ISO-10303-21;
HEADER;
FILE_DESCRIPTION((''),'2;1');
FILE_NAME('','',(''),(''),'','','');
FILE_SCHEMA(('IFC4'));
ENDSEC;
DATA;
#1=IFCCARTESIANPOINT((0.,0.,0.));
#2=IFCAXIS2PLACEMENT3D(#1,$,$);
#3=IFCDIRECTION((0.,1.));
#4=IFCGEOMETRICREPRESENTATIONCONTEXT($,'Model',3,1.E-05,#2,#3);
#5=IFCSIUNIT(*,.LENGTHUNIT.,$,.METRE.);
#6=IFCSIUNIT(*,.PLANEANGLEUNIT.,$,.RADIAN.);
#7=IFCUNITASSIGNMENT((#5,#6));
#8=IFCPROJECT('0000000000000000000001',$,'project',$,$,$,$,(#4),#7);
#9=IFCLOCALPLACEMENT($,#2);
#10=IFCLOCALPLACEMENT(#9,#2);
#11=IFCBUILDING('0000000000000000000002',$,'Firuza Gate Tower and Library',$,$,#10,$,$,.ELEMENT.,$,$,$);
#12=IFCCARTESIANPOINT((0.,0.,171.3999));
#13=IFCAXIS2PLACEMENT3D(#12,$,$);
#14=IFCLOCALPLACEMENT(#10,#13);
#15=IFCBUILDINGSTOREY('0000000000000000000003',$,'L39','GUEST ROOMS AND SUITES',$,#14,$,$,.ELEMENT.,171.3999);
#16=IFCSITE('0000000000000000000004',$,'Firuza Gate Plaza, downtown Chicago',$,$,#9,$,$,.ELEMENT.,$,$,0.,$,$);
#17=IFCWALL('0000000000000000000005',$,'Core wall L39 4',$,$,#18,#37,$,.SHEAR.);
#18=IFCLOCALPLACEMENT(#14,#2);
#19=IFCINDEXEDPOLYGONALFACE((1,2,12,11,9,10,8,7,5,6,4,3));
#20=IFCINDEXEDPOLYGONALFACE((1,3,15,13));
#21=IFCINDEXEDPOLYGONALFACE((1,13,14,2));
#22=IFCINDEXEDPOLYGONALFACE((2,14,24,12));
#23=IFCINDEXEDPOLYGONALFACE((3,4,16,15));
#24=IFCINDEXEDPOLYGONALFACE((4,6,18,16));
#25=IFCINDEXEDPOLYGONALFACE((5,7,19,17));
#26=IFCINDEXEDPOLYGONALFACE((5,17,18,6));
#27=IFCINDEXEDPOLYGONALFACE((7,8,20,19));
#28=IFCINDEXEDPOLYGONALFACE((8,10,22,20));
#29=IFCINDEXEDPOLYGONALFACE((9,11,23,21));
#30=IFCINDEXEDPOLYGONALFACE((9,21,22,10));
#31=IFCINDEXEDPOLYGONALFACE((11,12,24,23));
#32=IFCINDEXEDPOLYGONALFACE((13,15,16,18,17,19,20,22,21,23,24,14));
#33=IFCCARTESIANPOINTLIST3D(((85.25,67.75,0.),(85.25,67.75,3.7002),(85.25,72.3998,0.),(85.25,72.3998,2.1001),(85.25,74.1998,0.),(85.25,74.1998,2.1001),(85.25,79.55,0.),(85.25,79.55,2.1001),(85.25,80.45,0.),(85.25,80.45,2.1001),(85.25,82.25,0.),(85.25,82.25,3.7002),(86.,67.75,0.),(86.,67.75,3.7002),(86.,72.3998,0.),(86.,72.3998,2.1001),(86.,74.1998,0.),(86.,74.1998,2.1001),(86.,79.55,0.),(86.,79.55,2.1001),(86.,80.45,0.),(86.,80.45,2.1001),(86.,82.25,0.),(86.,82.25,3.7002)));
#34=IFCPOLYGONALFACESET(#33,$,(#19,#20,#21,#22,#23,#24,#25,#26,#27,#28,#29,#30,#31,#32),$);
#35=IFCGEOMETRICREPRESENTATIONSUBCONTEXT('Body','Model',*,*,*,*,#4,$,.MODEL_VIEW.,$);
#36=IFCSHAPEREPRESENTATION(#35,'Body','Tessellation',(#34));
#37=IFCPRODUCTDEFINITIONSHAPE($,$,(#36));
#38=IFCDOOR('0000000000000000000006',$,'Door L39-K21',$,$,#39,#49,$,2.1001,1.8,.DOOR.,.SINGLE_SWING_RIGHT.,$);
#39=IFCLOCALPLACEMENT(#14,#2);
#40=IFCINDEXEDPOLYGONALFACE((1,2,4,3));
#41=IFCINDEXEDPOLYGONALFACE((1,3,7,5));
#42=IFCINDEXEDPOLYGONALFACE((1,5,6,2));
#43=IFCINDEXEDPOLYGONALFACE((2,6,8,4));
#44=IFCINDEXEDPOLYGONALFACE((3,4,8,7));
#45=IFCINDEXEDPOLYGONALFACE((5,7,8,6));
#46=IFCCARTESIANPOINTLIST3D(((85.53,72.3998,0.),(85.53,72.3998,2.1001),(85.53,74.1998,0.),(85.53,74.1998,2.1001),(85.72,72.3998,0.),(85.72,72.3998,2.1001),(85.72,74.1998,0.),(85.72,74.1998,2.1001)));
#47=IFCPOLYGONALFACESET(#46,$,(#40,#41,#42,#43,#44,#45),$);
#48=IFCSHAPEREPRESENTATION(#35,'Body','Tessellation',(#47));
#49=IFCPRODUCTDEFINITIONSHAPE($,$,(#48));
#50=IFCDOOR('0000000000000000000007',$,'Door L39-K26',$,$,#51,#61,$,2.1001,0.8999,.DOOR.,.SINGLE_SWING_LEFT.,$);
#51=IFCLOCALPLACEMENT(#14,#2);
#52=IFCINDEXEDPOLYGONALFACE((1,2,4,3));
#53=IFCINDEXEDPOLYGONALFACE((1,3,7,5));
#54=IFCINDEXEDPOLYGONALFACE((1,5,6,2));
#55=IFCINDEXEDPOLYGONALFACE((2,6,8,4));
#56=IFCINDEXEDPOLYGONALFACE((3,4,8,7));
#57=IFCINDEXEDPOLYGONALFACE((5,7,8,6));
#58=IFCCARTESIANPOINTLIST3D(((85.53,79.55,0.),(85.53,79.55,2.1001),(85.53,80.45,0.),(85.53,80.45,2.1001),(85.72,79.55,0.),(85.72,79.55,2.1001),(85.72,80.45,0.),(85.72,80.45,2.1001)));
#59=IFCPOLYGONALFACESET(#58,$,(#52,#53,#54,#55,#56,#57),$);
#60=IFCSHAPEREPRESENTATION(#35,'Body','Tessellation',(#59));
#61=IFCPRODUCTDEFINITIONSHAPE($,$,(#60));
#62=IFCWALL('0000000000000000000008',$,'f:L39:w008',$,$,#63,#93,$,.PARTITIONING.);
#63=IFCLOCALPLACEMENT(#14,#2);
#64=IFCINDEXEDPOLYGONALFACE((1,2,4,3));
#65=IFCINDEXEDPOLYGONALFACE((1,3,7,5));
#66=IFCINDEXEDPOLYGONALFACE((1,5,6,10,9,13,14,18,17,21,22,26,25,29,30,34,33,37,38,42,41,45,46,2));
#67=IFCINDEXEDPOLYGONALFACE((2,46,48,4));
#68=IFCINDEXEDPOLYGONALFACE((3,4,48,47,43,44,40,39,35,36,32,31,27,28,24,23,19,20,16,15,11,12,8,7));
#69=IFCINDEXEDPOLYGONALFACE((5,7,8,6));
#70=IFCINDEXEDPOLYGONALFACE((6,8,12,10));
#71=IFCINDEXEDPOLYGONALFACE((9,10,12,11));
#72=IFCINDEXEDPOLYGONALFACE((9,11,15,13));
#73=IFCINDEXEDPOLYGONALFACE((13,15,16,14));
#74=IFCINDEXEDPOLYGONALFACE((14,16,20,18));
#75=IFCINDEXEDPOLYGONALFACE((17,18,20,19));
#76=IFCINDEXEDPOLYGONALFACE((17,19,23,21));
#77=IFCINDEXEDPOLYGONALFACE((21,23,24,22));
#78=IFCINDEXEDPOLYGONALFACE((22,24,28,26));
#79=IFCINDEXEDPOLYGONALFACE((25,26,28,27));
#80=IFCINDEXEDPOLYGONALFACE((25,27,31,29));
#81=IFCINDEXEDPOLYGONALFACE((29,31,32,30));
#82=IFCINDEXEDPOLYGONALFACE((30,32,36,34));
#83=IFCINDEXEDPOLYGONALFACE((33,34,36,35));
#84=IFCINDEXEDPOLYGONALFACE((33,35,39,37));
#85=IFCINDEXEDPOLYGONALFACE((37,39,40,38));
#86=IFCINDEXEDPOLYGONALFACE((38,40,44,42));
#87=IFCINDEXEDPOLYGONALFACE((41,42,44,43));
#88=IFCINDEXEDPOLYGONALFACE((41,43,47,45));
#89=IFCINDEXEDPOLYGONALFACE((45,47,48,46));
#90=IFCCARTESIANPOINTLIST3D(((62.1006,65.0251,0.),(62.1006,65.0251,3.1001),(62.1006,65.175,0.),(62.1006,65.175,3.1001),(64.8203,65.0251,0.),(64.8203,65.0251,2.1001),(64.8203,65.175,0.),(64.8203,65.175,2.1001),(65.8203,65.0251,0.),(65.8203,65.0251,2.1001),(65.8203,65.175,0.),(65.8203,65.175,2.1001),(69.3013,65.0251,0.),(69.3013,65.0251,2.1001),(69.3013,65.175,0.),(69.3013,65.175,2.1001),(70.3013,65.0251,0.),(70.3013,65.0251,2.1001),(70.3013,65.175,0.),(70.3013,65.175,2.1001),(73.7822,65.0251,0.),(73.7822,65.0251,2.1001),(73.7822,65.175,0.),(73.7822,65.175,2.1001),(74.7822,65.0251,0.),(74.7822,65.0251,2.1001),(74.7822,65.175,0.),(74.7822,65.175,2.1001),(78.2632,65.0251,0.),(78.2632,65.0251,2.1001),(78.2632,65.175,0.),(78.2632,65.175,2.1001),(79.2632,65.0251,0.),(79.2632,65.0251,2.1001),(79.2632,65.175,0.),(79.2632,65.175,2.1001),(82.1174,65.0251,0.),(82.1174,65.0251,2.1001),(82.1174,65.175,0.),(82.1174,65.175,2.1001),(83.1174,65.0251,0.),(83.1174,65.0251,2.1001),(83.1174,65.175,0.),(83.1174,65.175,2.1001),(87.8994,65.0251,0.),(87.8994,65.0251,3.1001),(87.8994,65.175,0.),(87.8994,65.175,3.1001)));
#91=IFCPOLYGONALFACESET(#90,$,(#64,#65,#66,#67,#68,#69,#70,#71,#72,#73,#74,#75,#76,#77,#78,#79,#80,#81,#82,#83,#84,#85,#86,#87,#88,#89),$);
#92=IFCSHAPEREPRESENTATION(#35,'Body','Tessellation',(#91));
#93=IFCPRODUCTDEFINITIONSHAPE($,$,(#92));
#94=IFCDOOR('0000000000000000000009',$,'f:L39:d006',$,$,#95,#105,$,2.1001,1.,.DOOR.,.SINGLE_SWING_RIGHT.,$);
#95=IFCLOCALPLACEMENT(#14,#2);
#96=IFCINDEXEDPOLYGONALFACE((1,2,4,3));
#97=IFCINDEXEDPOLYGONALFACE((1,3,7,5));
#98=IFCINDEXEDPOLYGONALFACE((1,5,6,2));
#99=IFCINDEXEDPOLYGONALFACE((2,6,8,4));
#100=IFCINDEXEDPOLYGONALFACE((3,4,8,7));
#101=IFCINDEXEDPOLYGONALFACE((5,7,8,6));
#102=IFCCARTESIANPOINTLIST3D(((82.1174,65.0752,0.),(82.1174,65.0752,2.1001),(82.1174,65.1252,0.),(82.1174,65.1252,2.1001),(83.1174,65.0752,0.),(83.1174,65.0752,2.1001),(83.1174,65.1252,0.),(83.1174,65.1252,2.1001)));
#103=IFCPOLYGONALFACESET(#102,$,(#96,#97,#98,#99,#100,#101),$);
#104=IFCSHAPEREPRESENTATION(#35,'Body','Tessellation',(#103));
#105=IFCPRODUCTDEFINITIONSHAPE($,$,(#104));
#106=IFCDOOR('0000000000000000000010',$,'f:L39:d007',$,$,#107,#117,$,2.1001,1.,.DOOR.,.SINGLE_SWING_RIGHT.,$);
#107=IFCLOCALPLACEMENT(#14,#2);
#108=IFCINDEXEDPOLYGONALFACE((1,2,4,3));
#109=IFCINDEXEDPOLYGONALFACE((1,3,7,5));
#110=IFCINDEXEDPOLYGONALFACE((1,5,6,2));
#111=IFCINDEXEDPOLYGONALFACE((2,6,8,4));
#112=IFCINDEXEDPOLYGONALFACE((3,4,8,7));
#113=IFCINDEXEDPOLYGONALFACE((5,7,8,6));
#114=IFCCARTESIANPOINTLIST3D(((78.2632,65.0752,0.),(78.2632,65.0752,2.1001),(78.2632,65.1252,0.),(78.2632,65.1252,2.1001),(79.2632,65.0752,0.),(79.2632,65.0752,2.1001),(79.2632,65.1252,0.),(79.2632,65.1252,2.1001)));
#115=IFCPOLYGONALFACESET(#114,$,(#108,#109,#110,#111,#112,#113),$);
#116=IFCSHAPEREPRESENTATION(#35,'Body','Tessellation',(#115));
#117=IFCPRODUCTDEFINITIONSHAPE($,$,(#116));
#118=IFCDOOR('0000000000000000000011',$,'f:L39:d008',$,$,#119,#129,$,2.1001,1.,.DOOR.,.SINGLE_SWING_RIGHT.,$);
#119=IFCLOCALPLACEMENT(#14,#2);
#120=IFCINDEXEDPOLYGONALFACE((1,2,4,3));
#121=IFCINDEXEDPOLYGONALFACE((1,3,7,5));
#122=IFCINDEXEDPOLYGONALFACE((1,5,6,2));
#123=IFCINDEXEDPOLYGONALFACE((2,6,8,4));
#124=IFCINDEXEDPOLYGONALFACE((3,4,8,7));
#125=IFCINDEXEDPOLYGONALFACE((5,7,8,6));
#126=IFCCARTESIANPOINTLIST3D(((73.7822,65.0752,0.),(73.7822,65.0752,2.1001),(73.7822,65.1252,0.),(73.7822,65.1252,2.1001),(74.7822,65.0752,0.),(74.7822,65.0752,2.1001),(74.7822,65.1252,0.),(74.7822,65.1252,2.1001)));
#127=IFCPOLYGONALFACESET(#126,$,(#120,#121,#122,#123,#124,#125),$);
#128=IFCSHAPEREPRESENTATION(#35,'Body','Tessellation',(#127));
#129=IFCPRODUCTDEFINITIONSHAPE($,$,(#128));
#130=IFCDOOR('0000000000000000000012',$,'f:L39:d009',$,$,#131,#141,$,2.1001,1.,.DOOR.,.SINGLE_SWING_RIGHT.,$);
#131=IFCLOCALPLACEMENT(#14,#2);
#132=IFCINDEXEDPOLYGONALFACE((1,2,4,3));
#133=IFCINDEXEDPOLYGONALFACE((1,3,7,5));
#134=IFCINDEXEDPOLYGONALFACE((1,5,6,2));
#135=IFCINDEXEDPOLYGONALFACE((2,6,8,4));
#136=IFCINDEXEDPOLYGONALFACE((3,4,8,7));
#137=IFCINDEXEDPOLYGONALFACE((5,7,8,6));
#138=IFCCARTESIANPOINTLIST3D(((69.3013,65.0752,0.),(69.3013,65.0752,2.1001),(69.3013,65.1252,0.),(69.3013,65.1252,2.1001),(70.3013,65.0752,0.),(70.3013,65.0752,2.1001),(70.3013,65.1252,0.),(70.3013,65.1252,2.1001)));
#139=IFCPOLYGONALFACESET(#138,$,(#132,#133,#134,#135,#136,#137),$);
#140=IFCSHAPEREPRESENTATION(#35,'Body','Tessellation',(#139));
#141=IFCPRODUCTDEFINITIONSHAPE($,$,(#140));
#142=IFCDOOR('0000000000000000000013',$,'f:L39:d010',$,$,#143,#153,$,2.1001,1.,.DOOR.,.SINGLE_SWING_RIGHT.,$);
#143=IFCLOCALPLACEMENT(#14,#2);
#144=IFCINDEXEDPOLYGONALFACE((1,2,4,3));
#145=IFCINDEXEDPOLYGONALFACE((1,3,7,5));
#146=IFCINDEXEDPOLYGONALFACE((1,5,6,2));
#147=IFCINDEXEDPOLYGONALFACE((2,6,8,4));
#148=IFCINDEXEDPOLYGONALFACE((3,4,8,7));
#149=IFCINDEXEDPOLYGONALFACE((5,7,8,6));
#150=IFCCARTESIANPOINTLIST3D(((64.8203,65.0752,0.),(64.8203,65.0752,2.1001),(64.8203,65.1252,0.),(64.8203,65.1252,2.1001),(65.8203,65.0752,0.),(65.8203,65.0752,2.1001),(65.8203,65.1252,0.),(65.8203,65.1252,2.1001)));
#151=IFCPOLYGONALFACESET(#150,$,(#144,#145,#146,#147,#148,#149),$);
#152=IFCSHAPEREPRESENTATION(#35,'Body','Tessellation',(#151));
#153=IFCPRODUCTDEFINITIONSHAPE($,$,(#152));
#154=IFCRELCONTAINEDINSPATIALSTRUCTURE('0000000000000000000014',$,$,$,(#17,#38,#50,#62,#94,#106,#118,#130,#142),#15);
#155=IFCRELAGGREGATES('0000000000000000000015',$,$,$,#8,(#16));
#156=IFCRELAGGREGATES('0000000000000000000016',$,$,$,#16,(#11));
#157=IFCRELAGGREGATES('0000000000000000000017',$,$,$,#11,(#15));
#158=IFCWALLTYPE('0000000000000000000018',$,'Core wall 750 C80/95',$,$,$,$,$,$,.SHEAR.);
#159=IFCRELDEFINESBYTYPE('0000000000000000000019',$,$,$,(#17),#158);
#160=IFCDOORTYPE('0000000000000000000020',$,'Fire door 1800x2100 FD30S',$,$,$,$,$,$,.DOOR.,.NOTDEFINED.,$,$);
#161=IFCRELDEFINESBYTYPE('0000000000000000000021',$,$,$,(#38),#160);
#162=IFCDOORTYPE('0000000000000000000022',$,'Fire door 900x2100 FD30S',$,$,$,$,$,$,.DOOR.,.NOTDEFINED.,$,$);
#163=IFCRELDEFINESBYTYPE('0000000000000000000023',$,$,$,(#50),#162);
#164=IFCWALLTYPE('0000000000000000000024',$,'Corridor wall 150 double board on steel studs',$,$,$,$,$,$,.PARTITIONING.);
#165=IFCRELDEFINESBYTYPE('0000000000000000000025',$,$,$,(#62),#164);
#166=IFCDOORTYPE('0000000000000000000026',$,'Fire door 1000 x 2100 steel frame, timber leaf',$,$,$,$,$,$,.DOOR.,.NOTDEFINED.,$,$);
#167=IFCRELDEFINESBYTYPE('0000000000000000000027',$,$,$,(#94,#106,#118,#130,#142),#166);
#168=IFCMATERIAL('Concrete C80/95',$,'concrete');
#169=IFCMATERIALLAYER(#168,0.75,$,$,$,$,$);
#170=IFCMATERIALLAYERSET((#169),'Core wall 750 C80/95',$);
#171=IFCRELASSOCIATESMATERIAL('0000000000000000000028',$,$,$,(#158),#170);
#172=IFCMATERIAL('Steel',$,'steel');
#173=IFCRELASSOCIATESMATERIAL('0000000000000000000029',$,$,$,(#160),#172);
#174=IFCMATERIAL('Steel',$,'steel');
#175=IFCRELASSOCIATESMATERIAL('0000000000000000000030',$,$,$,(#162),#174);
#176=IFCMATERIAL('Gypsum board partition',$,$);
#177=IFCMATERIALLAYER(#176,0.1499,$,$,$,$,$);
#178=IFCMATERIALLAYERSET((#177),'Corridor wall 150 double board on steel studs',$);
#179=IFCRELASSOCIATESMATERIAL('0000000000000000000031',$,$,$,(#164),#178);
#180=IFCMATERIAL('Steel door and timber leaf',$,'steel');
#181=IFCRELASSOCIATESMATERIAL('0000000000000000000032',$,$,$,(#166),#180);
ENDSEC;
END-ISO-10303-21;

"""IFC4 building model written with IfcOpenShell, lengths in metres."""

from ifc_helpers import new_model, si_unit, direction, frame, frame_2d, origin, place, context, subcontext, project, spatial, rectangle, extrude, material, layer, layer_set, type_object, element, fill, save


model = new_model("IFC4")

# Units and contexts
model_context = context("Model", 3, precision=1e-05, world=origin(), true_north=direction((0.0, 1.0)))
body_context = subcontext(model_context, "Body", "Model", "MODEL_VIEW")
ifc_project = project(units=[si_unit("LENGTHUNIT", "METRE"), si_unit("PLANEANGLEUNIT", "RADIAN")], contexts=[model_context])

# Site, building, storey
site_placement = place(None, origin())
site = spatial("IfcSite", under=ifc_project, at=site_placement, Name="Firuza Gate Plaza, downtown Chicago", CompositionType="ELEMENT", RefElevation=0.0)
building_placement = place(site_placement, origin())
building = spatial("IfcBuilding", under=site, at=building_placement, Name="Firuza Gate Tower and Library", CompositionType="ELEMENT")
storey_placement = place(building_placement, frame((0.0, 0.0, 171.3999)))
storey = spatial("IfcBuildingStorey", under=building, at=storey_placement, Name="L39", Description="GUEST ROOMS AND SUITES", CompositionType="ELEMENT", Elevation=171.3999)

# Walls, openings, doors
ifc_material_1 = material(Name="Concrete C80/95", Category="concrete")
ifc_layer_1 = layer(ifc_material_1, 0.75)
ifc_layer_set_1 = layer_set([ifc_layer_1], Name="Core wall 750 C80/95")
wall_type_1 = type_object("IfcWallType", Name="Core wall 750 C80/95", PredefinedType="SHEAR", material=ifc_layer_set_1)
wall_1_placement = place(storey_placement, frame((85.625, 67.75, 0.0), z_axis=(0.0, 0.0, 1.0), x_axis=(0.0, 1.0, 0.0)))
wall_1 = element("IfcWall", 1, at=wall_1_placement, inside=storey, type_object=wall_type_1, Name="Core wall L39 4", PredefinedType="SHEAR", context=body_context, shape_type="SweptSolid", body=[
    extrude(rectangle(XDim=14.5, YDim=0.75, at=frame_2d((7.25, 0.0))), origin(), (0.0, 0.0, 1.0), 3.7002),
])
opening_1_placement = place(wall_1_placement, frame((4.6499, 0.0, 0.0)))
opening_1 = element("IfcOpeningElement", 2, at=opening_1_placement, cuts=wall_1, PredefinedType="OPENING", context=body_context, shape_type="SweptSolid", body=[
    extrude(rectangle(XDim=1.8, YDim=2.1001, at=frame_2d((0.8999, 1.05))), frame((0.0, 0.385, 0.0), z_axis=(0.0, -1.0, 0.0), x_axis=(1.0, 0.0, 0.0)), (0.0, 0.0, 1.0), 0.77),
])
opening_2_placement = place(wall_1_placement, frame((11.8, 0.0, 0.0)))
opening_2 = element("IfcOpeningElement", 3, at=opening_2_placement, cuts=wall_1, PredefinedType="OPENING", context=body_context, shape_type="SweptSolid", body=[
    extrude(rectangle(XDim=0.8999, YDim=2.1001, at=frame_2d((0.45, 1.05))), frame((0.0, 0.385, 0.0), z_axis=(0.0, -1.0, 0.0), x_axis=(1.0, 0.0, 0.0)), (0.0, 0.0, 1.0), 0.77),
])
ifc_material_2 = material(Name="Steel", Category="steel")
door_type_1 = type_object("IfcDoorType", Name="Fire door 1800x2100 FD30S", OperationType="NOTDEFINED", PredefinedType="DOOR", material=ifc_material_2)
door_1_placement = place(opening_1_placement, origin())
door_1 = element("IfcDoor", 4, at=door_1_placement, inside=storey, type_object=door_type_1, Name="Door L39-K21", OperationType="SINGLE_SWING_RIGHT", OverallHeight=2.1001, OverallWidth=1.8, PredefinedType="DOOR", context=body_context, shape_type="SweptSolid", body=[
    extrude(rectangle(XDim=1.8, YDim=2.1001, at=frame_2d((0.8999, 1.05))), frame((0.0, 0.095, 0.0), z_axis=(0.0, -1.0, 0.0), x_axis=(1.0, 0.0, 0.0)), (0.0, 0.0, 1.0), 0.1899),
])
fill(opening_1, door_1)
ifc_material_3 = material(Name="Steel", Category="steel")
door_type_2 = type_object("IfcDoorType", Name="Fire door 900x2100 FD30S", OperationType="NOTDEFINED", PredefinedType="DOOR", material=ifc_material_3)
door_2_placement = place(opening_2_placement, origin())
door_2 = element("IfcDoor", 5, at=door_2_placement, inside=storey, type_object=door_type_2, Name="Door L39-K26", OperationType="SINGLE_SWING_LEFT", OverallHeight=2.1001, OverallWidth=0.8999, PredefinedType="DOOR", context=body_context, shape_type="SweptSolid", body=[
    extrude(rectangle(XDim=0.8999, YDim=2.1001, at=frame_2d((0.45, 1.05))), frame((0.0, 0.095, 0.0), z_axis=(0.0, -1.0, 0.0), x_axis=(1.0, 0.0, 0.0)), (0.0, 0.0, 1.0), 0.1899),
])
fill(opening_2, door_2)
ifc_material_4 = material(Name="Gypsum board partition")
ifc_layer_2 = layer(ifc_material_4, 0.1499)
ifc_layer_set_2 = layer_set([ifc_layer_2], Name="Corridor wall 150 double board on steel studs")
wall_type_2 = type_object("IfcWallType", Name="Corridor wall 150 double board on steel studs", PredefinedType="PARTITIONING", material=ifc_layer_set_2)
wall_2_placement = place(storey_placement, frame((87.8994, 65.1001, 0.0), z_axis=(0.0, 0.0, 1.0), x_axis=(-1.0, 0.0, 0.0)))
wall_2 = element("IfcWall", 6, at=wall_2_placement, inside=storey, type_object=wall_type_2, Name="f:L39:w008", PredefinedType="PARTITIONING", context=body_context, shape_type="SweptSolid", body=[
    extrude(rectangle(XDim=25.7988, YDim=0.1499, at=frame_2d((12.8994, 0.0))), origin(), (0.0, 0.0, 1.0), 3.1001),
])
opening_3_placement = place(wall_2_placement, frame((4.782, 0.0, 0.0)))
opening_3 = element("IfcOpeningElement", 7, at=opening_3_placement, cuts=wall_2, PredefinedType="OPENING", context=body_context, shape_type="SweptSolid", body=[
    extrude(rectangle(XDim=1.0, YDim=2.1001, at=frame_2d((0.5, 1.05))), frame((0.0, 0.085, 0.0), z_axis=(0.0, -1.0, 0.0), x_axis=(1.0, 0.0, 0.0)), (0.0, 0.0, 1.0), 0.1699),
])
opening_4_placement = place(wall_2_placement, frame((8.6362, 0.0, 0.0)))
opening_4 = element("IfcOpeningElement", 8, at=opening_4_placement, cuts=wall_2, PredefinedType="OPENING", context=body_context, shape_type="SweptSolid", body=[
    extrude(rectangle(XDim=1.0, YDim=2.1001, at=frame_2d((0.5, 1.05))), frame((0.0, 0.085, 0.0), z_axis=(0.0, -1.0, 0.0), x_axis=(1.0, 0.0, 0.0)), (0.0, 0.0, 1.0), 0.1699),
])
opening_5_placement = place(wall_2_placement, frame((13.1172, 0.0, 0.0)))
opening_5 = element("IfcOpeningElement", 9, at=opening_5_placement, cuts=wall_2, PredefinedType="OPENING", context=body_context, shape_type="SweptSolid", body=[
    extrude(rectangle(XDim=1.0, YDim=2.1001, at=frame_2d((0.5, 1.05))), frame((0.0, 0.085, 0.0), z_axis=(0.0, -1.0, 0.0), x_axis=(1.0, 0.0, 0.0)), (0.0, 0.0, 1.0), 0.1699),
])
opening_6_placement = place(wall_2_placement, frame((17.5981, 0.0, 0.0)))
opening_6 = element("IfcOpeningElement", 10, at=opening_6_placement, cuts=wall_2, PredefinedType="OPENING", context=body_context, shape_type="SweptSolid", body=[
    extrude(rectangle(XDim=1.0, YDim=2.1001, at=frame_2d((0.5, 1.05))), frame((0.0, 0.085, 0.0), z_axis=(0.0, -1.0, 0.0), x_axis=(1.0, 0.0, 0.0)), (0.0, 0.0, 1.0), 0.1699),
])
opening_7_placement = place(wall_2_placement, frame((22.0791, 0.0, 0.0)))
opening_7 = element("IfcOpeningElement", 11, at=opening_7_placement, cuts=wall_2, PredefinedType="OPENING", context=body_context, shape_type="SweptSolid", body=[
    extrude(rectangle(XDim=1.0, YDim=2.1001, at=frame_2d((0.5, 1.05))), frame((0.0, 0.085, 0.0), z_axis=(0.0, -1.0, 0.0), x_axis=(1.0, 0.0, 0.0)), (0.0, 0.0, 1.0), 0.1699),
])
ifc_material_5 = material(Name="Steel door and timber leaf", Category="steel")
door_type_3 = type_object("IfcDoorType", Name="Fire door 1000 x 2100 steel frame, timber leaf", OperationType="NOTDEFINED", PredefinedType="DOOR", material=ifc_material_5)
door_3_placement = place(opening_3_placement, origin())
door_3 = element("IfcDoor", 12, at=door_3_placement, inside=storey, type_object=door_type_3, Name="f:L39:d006", OperationType="SINGLE_SWING_RIGHT", OverallHeight=2.1001, OverallWidth=1.0, PredefinedType="DOOR", context=body_context, shape_type="SweptSolid", body=[
    extrude(rectangle(XDim=1.0, YDim=2.1001, at=frame_2d((0.5, 1.05))), frame((0.0, 0.0249, 0.0), z_axis=(0.0, -1.0, 0.0), x_axis=(1.0, 0.0, 0.0)), (0.0, 0.0, 1.0), 0.05),
])
fill(opening_3, door_3)
door_4_placement = place(opening_4_placement, origin())
door_4 = element("IfcDoor", 13, at=door_4_placement, inside=storey, type_object=door_type_3, Name="f:L39:d007", OperationType="SINGLE_SWING_RIGHT", OverallHeight=2.1001, OverallWidth=1.0, PredefinedType="DOOR", context=body_context, shape_type="SweptSolid", body=[
    extrude(rectangle(XDim=1.0, YDim=2.1001, at=frame_2d((0.5, 1.05))), frame((0.0, 0.0249, 0.0), z_axis=(0.0, -1.0, 0.0), x_axis=(1.0, 0.0, 0.0)), (0.0, 0.0, 1.0), 0.05),
])
fill(opening_4, door_4)
door_5_placement = place(opening_5_placement, origin())
door_5 = element("IfcDoor", 14, at=door_5_placement, inside=storey, type_object=door_type_3, Name="f:L39:d008", OperationType="SINGLE_SWING_RIGHT", OverallHeight=2.1001, OverallWidth=1.0, PredefinedType="DOOR", context=body_context, shape_type="SweptSolid", body=[
    extrude(rectangle(XDim=1.0, YDim=2.1001, at=frame_2d((0.5, 1.05))), frame((0.0, 0.0249, 0.0), z_axis=(0.0, -1.0, 0.0), x_axis=(1.0, 0.0, 0.0)), (0.0, 0.0, 1.0), 0.05),
])
fill(opening_5, door_5)
door_6_placement = place(opening_6_placement, origin())
door_6 = element("IfcDoor", 15, at=door_6_placement, inside=storey, type_object=door_type_3, Name="f:L39:d009", OperationType="SINGLE_SWING_RIGHT", OverallHeight=2.1001, OverallWidth=1.0, PredefinedType="DOOR", context=body_context, shape_type="SweptSolid", body=[
    extrude(rectangle(XDim=1.0, YDim=2.1001, at=frame_2d((0.5, 1.05))), frame((0.0, 0.0249, 0.0), z_axis=(0.0, -1.0, 0.0), x_axis=(1.0, 0.0, 0.0)), (0.0, 0.0, 1.0), 0.05),
])
fill(opening_6, door_6)
door_7_placement = place(opening_7_placement, origin())
door_7 = element("IfcDoor", 16, at=door_7_placement, inside=storey, type_object=door_type_3, Name="f:L39:d010", OperationType="SINGLE_SWING_RIGHT", OverallHeight=2.1001, OverallWidth=1.0, PredefinedType="DOOR", context=body_context, shape_type="SweptSolid", body=[
    extrude(rectangle(XDim=1.0, YDim=2.1001, at=frame_2d((0.5, 1.05))), frame((0.0, 0.0249, 0.0), z_axis=(0.0, -1.0, 0.0), x_axis=(1.0, 0.0, 0.0)), (0.0, 0.0, 1.0), 0.05),
])
fill(opening_7, door_7)

save(model, "model.ifc")
